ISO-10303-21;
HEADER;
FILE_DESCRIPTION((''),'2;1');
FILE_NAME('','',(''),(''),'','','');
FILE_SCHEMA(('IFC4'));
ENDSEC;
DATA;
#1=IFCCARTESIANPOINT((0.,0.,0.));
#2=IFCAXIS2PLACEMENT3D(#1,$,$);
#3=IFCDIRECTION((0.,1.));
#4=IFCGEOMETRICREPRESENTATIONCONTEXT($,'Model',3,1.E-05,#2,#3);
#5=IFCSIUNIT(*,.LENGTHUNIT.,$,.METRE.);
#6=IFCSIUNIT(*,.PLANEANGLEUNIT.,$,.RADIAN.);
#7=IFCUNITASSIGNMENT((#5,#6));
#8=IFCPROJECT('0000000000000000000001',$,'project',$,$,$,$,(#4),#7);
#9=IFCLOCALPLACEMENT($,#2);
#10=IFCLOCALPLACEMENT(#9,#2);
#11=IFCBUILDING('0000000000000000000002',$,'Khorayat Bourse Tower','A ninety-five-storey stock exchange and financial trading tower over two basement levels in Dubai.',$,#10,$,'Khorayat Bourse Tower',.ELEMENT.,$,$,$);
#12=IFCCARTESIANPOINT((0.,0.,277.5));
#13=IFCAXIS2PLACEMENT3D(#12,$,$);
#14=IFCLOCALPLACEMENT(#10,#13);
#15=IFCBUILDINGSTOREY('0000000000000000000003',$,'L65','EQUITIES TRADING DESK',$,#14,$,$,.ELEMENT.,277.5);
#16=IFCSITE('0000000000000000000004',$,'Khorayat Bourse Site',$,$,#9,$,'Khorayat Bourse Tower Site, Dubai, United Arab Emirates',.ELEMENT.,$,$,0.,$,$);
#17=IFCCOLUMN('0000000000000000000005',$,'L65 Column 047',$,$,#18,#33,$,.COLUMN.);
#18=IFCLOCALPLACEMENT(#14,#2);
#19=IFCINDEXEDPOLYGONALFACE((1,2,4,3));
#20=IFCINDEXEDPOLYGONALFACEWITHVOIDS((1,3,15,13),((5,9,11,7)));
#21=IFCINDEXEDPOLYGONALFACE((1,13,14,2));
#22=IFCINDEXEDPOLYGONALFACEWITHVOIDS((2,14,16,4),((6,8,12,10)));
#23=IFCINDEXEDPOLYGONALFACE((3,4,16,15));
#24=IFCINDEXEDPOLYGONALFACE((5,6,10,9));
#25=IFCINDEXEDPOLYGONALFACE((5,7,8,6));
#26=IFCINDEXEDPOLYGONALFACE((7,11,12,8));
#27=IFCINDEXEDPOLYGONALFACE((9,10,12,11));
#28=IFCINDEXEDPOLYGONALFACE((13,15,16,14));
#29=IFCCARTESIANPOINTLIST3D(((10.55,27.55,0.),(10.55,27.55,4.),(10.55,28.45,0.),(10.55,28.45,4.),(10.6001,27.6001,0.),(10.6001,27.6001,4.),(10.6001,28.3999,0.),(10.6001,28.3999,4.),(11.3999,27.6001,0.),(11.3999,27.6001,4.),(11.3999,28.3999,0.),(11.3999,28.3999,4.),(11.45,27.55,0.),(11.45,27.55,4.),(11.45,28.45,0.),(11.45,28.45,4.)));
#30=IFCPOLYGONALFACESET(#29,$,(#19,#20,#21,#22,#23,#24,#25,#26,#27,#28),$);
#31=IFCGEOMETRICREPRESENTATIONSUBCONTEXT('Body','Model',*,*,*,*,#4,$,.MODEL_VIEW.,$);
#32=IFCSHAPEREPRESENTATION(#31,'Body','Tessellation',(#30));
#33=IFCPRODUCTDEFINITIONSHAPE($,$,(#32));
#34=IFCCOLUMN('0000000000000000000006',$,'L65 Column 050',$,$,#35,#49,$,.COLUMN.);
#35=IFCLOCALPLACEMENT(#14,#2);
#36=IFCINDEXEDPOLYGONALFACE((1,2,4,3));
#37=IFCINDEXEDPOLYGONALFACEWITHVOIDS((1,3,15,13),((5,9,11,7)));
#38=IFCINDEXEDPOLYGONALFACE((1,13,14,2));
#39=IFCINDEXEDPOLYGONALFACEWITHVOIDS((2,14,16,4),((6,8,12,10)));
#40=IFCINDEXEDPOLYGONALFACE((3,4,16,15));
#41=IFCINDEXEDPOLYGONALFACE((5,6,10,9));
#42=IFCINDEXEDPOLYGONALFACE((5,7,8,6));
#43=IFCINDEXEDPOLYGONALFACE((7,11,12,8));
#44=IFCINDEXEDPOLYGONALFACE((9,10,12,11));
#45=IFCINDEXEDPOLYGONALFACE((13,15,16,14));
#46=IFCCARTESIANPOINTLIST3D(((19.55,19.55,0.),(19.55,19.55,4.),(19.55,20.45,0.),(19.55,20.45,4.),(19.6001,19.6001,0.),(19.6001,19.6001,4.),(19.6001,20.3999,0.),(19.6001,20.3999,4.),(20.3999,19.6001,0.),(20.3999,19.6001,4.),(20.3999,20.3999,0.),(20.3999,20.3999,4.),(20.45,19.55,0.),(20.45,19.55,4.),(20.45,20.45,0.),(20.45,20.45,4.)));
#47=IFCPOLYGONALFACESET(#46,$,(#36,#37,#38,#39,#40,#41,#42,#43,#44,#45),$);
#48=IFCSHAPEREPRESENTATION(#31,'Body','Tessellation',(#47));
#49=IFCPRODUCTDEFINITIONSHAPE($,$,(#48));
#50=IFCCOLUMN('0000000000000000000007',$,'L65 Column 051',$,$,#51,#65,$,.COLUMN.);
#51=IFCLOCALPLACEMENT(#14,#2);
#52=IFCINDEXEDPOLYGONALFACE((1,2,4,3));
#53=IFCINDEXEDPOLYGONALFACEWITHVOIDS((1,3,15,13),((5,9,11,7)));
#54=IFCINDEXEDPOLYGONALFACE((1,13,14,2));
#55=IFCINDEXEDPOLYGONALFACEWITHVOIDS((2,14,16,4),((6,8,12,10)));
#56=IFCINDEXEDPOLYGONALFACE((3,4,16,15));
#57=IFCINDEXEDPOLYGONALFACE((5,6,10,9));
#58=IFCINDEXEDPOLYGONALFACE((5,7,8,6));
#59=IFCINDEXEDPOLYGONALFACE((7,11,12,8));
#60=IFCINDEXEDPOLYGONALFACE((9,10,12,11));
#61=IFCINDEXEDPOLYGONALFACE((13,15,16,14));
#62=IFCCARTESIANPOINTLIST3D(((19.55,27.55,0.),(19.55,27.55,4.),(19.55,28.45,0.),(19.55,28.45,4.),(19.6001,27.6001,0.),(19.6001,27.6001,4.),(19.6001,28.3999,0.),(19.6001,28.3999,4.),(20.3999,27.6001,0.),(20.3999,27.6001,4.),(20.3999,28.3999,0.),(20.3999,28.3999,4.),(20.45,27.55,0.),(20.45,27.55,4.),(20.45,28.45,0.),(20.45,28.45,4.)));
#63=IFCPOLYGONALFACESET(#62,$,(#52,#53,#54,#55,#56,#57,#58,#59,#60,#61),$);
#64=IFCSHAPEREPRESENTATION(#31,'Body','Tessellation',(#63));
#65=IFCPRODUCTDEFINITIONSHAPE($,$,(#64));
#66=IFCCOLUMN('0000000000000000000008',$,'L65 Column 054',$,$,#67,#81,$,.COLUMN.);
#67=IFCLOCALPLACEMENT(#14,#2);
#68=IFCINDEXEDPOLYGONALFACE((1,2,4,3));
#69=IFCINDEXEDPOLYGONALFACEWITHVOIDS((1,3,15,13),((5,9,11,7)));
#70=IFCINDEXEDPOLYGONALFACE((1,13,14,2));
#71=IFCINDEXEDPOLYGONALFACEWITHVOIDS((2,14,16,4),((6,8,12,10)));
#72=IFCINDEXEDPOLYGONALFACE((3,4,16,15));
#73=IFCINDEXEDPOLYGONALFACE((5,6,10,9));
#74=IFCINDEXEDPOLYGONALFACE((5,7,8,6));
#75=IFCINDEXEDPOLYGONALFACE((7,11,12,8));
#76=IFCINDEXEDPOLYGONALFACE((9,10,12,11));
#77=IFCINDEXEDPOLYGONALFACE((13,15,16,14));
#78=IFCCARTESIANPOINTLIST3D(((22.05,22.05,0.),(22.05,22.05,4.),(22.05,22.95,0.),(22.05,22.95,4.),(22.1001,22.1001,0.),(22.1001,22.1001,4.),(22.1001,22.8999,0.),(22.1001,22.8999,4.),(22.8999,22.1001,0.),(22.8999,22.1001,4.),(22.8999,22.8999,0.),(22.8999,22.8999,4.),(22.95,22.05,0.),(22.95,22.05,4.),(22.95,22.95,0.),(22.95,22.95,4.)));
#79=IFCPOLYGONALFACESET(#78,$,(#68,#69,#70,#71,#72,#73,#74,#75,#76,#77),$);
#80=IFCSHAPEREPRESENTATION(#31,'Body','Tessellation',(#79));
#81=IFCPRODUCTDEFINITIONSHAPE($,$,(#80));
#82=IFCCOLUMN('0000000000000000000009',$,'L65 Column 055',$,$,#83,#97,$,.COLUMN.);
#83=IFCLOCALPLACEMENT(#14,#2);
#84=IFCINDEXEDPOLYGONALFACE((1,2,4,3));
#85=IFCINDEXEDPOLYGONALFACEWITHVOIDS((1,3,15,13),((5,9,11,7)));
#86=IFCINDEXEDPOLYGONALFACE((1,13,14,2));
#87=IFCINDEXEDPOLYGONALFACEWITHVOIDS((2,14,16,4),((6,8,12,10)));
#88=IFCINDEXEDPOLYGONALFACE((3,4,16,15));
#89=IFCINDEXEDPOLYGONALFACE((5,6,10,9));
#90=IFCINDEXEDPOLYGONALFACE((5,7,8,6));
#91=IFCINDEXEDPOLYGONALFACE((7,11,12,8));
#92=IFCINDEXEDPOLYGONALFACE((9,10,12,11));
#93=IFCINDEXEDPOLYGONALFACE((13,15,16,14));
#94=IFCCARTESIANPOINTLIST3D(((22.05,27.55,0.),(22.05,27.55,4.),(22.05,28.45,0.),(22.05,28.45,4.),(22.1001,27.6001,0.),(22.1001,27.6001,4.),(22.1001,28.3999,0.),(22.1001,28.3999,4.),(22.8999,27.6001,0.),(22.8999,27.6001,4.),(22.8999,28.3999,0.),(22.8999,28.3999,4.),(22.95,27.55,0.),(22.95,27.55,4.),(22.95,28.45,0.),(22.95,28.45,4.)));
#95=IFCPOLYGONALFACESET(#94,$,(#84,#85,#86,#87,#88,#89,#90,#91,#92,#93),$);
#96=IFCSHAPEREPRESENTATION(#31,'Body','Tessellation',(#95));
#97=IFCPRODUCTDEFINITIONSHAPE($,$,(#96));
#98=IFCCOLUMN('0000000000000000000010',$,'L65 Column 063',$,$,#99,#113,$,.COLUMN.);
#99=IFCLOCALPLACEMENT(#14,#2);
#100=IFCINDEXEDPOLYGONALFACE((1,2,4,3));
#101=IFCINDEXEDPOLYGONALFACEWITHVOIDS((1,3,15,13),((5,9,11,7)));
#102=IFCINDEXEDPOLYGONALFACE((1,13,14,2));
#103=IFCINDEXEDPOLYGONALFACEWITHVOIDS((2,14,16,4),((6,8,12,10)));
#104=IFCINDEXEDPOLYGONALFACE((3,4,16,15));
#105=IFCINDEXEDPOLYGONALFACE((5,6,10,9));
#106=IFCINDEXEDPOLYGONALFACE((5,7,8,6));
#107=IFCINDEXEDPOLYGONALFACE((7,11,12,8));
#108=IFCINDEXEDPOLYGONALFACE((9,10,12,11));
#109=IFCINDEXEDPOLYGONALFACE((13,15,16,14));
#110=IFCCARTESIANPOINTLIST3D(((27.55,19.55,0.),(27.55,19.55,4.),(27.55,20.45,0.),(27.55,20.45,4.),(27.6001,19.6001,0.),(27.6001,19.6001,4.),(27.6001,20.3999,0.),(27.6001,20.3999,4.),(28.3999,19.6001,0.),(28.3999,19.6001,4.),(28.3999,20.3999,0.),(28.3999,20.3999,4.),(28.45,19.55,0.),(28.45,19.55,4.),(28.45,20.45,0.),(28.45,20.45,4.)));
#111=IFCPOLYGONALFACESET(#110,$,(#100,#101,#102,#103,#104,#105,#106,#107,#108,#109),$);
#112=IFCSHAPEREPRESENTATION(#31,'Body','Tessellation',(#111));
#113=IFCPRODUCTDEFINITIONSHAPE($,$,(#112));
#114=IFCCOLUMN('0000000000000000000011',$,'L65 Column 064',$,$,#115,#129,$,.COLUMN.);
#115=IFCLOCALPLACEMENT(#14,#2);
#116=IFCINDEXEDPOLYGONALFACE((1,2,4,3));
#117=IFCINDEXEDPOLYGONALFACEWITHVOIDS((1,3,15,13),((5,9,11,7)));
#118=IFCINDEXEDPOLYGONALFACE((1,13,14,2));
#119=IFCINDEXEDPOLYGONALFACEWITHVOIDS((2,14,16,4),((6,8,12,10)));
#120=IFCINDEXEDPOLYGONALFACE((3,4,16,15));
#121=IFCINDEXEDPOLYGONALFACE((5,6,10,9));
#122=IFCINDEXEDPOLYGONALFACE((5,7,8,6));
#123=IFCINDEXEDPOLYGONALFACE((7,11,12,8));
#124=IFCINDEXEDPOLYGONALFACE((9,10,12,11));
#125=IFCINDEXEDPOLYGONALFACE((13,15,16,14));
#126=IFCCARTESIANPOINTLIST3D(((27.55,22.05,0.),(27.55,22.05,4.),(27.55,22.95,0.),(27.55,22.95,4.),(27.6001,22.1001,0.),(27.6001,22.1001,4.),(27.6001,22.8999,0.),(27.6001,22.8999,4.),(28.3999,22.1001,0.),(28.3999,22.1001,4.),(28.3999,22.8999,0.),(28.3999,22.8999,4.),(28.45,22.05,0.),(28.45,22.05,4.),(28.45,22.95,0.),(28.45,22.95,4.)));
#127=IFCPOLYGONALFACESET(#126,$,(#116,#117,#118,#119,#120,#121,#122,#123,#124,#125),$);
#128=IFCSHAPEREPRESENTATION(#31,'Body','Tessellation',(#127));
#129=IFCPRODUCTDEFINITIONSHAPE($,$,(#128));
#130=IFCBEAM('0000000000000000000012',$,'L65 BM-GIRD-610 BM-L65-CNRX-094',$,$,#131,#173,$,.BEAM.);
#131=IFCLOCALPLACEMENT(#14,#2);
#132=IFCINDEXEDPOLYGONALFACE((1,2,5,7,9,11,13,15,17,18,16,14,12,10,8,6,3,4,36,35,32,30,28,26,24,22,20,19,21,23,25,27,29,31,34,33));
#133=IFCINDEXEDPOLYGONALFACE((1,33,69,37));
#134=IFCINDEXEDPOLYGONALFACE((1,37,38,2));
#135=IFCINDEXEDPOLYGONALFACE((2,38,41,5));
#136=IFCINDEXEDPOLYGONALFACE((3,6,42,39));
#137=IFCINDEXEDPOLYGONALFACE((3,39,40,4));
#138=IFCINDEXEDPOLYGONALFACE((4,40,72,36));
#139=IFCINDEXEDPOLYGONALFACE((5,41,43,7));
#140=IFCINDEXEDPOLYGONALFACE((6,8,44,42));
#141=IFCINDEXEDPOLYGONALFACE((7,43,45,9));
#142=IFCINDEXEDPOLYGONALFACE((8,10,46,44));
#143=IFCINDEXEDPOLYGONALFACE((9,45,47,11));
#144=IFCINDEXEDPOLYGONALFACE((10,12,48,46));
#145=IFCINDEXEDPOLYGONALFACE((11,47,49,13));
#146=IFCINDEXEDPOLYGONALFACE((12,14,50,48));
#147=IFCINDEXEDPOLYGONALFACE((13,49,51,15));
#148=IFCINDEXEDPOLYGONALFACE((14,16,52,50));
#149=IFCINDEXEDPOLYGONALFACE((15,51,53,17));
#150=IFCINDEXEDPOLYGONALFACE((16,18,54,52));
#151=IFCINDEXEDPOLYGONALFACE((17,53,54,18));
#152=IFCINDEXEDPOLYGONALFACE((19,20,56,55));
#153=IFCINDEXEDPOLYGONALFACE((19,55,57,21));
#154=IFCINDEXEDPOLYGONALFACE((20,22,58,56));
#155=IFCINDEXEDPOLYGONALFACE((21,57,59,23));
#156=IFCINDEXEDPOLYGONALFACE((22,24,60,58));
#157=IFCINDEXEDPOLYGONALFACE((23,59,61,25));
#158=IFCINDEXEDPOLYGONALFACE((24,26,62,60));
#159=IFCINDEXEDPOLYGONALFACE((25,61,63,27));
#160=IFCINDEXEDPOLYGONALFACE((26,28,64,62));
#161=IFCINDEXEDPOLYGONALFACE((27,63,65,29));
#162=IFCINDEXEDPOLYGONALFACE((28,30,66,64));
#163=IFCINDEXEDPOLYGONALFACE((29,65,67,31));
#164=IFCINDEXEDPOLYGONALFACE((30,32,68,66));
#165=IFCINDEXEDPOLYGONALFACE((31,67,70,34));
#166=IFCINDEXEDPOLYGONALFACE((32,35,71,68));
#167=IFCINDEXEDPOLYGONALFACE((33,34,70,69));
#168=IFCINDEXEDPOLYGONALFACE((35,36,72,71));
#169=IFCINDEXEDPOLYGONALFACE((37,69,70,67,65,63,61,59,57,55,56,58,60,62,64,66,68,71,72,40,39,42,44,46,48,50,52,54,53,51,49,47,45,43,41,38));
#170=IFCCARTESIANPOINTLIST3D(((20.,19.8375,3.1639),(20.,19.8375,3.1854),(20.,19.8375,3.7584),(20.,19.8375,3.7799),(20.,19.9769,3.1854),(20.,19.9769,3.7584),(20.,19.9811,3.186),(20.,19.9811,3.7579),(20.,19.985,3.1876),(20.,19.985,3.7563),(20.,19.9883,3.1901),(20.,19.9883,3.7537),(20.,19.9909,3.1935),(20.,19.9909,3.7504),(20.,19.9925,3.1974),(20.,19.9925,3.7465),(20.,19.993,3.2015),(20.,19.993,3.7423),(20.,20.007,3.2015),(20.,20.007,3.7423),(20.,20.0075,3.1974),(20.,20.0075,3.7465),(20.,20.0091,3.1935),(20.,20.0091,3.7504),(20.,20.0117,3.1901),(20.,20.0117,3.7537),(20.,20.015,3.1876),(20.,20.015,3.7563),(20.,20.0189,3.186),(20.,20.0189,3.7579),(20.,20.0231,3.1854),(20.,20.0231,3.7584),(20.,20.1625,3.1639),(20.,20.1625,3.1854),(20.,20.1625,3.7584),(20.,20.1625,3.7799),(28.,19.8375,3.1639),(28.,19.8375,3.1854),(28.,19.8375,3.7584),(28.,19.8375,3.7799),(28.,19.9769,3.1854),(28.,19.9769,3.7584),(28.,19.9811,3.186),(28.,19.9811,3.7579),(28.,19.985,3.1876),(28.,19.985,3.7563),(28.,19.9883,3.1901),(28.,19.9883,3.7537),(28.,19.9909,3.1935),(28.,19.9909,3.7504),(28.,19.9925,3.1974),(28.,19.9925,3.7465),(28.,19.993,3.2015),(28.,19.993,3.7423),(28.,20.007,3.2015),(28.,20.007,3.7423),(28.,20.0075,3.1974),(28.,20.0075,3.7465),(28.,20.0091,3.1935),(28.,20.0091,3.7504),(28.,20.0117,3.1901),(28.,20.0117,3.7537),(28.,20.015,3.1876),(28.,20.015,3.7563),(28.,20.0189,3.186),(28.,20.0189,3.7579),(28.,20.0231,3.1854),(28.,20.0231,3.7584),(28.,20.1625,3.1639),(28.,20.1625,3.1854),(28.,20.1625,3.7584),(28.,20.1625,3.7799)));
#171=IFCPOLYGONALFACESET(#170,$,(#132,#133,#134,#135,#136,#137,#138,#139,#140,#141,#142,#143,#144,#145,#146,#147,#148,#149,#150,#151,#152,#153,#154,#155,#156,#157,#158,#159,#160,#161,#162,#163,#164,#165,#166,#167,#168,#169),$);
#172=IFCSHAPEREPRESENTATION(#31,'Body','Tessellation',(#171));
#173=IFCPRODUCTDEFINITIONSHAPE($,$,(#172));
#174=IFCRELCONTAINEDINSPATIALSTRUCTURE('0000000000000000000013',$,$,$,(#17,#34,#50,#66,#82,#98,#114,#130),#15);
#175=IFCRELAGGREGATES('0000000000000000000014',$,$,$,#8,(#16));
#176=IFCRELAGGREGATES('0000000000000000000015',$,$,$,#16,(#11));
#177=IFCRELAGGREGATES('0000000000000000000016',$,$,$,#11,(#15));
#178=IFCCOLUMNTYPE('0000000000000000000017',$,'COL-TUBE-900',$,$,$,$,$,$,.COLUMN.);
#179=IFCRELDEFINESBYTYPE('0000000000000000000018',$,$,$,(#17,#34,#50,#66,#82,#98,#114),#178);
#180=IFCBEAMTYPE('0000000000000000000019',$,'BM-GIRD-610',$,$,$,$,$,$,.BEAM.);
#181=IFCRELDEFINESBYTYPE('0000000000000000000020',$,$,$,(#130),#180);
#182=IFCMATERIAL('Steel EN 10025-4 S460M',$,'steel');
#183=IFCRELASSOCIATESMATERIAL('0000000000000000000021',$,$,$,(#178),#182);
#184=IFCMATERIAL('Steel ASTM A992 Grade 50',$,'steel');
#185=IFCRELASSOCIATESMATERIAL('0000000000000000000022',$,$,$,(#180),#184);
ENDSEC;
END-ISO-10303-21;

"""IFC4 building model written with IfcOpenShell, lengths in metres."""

from ifc_helpers import new_model, si_unit, direction, frame, origin, origin_2d, place, context, subcontext, project, spatial, hollow_rectangle, i_section, extrude, source, transform, mapped, material, material_profile, profile_set, type_object, element, save


model = new_model("IFC4")

# Units and contexts
model_context = context("Model", 3, precision=1e-05, world=origin(), true_north=direction((0.0, 1.0)))
body_context = subcontext(model_context, "Body", "Model", "MODEL_VIEW")
ifc_project = project(units=[si_unit("LENGTHUNIT", "METRE"), si_unit("PLANEANGLEUNIT", "RADIAN")], contexts=[model_context])

# Site, building, storey
site_placement = place(None, origin())
site = spatial("IfcSite", under=ifc_project, at=site_placement, Name="Khorayat Bourse Site", LongName="Khorayat Bourse Tower Site, Dubai, United Arab Emirates", CompositionType="ELEMENT", RefElevation=0.0)
building_placement = place(site_placement, origin())
building = spatial("IfcBuilding", under=site, at=building_placement, Name="Khorayat Bourse Tower", Description="A ninety-five-storey stock exchange and financial trading tower over two basement levels in Dubai.", LongName="Khorayat Bourse Tower", CompositionType="ELEMENT")
storey_placement = place(building_placement, frame((0.0, 0.0, 277.5)))
storey = spatial("IfcBuildingStorey", under=building, at=storey_placement, Name="L65", Description="EQUITIES TRADING DESK", CompositionType="ELEMENT", Elevation=277.5)

# Columns
ifc_material_1 = material(Name="Steel EN 10025-4 S460M", Category="steel")
ifc_material_profile_1 = material_profile(ifc_material_1, hollow_rectangle(XDim=0.8999, YDim=0.8999, WallThickness=0.05, at=origin_2d()), Name="BOX 900x900x50")
ifc_profile_set_1 = profile_set([ifc_material_profile_1], Name="Steel EN 10025-4 S460M")
column_type = type_object("IfcColumnType", Name="COL-TUBE-900", PredefinedType="COLUMN", material=ifc_profile_set_1)
shared_shape_1 = source(origin(), body_context, "Body", "SweptSolid", [
    extrude(hollow_rectangle(XDim=0.8999, YDim=0.8999, WallThickness=0.05, at=origin_2d()), origin(), (0.0, 0.0, 1.0), 4.0),
])
for number, where, z_axis, x_axis, name in (
    (1, (11.0, 28.0, 0.0), (0.0, 0.0, 1.0), (1.0, 0.0, 0.0), "L65 Column 047"),
    (2, (20.0, 20.0, 0.0), (0.0, 0.0, 1.0), (1.0, 0.0, 0.0), "L65 Column 050"),
    (3, (20.0, 28.0, 0.0), (0.0, 0.0, 1.0), (1.0, 0.0, 0.0), "L65 Column 051"),
    (4, (22.5, 22.5, 0.0), (0.0, 0.0, 1.0), (1.0, 0.0, 0.0), "L65 Column 054"),
    (5, (22.5, 28.0, 0.0), (0.0, 0.0, 1.0), (1.0, 0.0, 0.0), "L65 Column 055"),
    (6, (28.0, 20.0, 0.0), (0.0, 0.0, 1.0), (1.0, 0.0, 0.0), "L65 Column 063"),
    (7, (28.0, 22.5, 0.0), (0.0, 0.0, 1.0), (1.0, 0.0, 0.0), "L65 Column 064"),
):
    element("IfcColumn", number, at=place(storey_placement, frame(where, z_axis=z_axis, x_axis=x_axis)), inside=storey, type_object=column_type, Name=name, PredefinedType="COLUMN", context=body_context, shape_type="MappedRepresentation", body=[
        mapped(shared_shape_1, transform((0.0, 0.0, 0.0), scale=1.0)),
    ])

# Beam
ifc_material_2 = material(Name="Steel ASTM A992 Grade 50", Category="steel")
ifc_material_profile_2 = material_profile(ifc_material_2, i_section(OverallWidth=0.325, OverallDepth=0.616, WebThickness=0.0139, FlangeThickness=0.0215, FilletRadius=0.0161, at=origin_2d()), Name="W610X174")
ifc_profile_set_2 = profile_set([ifc_material_profile_2], Name="Steel ASTM A992 Grade 50")
beam_type_1 = type_object("IfcBeamType", Name="BM-GIRD-610", PredefinedType="BEAM", material=ifc_profile_set_2)
shared_shape_2 = source(origin(), body_context, "Body", "SweptSolid", [
    extrude(i_section(OverallWidth=0.325, OverallDepth=0.616, WebThickness=0.0139, FlangeThickness=0.0215, FilletRadius=0.0161, at=origin_2d()), origin(), (0.0, 0.0, 1.0), 8.0),
])
beam_1_placement = place(storey_placement, frame((20.0, 20.0, 3.4719), z_axis=(1.0, 0.0, 0.0), x_axis=(0.0, 1.0, 0.0)))
element("IfcBeam", 8, at=beam_1_placement, inside=storey, type_object=beam_type_1, Name="L65 BM-GIRD-610 BM-L65-CNRX-094", PredefinedType="BEAM", context=body_context, shape_type="MappedRepresentation", body=[
    mapped(shared_shape_2, transform((0.0, 0.0, 0.0), scale=1.0)),
])

save(model, "model.ifc")
